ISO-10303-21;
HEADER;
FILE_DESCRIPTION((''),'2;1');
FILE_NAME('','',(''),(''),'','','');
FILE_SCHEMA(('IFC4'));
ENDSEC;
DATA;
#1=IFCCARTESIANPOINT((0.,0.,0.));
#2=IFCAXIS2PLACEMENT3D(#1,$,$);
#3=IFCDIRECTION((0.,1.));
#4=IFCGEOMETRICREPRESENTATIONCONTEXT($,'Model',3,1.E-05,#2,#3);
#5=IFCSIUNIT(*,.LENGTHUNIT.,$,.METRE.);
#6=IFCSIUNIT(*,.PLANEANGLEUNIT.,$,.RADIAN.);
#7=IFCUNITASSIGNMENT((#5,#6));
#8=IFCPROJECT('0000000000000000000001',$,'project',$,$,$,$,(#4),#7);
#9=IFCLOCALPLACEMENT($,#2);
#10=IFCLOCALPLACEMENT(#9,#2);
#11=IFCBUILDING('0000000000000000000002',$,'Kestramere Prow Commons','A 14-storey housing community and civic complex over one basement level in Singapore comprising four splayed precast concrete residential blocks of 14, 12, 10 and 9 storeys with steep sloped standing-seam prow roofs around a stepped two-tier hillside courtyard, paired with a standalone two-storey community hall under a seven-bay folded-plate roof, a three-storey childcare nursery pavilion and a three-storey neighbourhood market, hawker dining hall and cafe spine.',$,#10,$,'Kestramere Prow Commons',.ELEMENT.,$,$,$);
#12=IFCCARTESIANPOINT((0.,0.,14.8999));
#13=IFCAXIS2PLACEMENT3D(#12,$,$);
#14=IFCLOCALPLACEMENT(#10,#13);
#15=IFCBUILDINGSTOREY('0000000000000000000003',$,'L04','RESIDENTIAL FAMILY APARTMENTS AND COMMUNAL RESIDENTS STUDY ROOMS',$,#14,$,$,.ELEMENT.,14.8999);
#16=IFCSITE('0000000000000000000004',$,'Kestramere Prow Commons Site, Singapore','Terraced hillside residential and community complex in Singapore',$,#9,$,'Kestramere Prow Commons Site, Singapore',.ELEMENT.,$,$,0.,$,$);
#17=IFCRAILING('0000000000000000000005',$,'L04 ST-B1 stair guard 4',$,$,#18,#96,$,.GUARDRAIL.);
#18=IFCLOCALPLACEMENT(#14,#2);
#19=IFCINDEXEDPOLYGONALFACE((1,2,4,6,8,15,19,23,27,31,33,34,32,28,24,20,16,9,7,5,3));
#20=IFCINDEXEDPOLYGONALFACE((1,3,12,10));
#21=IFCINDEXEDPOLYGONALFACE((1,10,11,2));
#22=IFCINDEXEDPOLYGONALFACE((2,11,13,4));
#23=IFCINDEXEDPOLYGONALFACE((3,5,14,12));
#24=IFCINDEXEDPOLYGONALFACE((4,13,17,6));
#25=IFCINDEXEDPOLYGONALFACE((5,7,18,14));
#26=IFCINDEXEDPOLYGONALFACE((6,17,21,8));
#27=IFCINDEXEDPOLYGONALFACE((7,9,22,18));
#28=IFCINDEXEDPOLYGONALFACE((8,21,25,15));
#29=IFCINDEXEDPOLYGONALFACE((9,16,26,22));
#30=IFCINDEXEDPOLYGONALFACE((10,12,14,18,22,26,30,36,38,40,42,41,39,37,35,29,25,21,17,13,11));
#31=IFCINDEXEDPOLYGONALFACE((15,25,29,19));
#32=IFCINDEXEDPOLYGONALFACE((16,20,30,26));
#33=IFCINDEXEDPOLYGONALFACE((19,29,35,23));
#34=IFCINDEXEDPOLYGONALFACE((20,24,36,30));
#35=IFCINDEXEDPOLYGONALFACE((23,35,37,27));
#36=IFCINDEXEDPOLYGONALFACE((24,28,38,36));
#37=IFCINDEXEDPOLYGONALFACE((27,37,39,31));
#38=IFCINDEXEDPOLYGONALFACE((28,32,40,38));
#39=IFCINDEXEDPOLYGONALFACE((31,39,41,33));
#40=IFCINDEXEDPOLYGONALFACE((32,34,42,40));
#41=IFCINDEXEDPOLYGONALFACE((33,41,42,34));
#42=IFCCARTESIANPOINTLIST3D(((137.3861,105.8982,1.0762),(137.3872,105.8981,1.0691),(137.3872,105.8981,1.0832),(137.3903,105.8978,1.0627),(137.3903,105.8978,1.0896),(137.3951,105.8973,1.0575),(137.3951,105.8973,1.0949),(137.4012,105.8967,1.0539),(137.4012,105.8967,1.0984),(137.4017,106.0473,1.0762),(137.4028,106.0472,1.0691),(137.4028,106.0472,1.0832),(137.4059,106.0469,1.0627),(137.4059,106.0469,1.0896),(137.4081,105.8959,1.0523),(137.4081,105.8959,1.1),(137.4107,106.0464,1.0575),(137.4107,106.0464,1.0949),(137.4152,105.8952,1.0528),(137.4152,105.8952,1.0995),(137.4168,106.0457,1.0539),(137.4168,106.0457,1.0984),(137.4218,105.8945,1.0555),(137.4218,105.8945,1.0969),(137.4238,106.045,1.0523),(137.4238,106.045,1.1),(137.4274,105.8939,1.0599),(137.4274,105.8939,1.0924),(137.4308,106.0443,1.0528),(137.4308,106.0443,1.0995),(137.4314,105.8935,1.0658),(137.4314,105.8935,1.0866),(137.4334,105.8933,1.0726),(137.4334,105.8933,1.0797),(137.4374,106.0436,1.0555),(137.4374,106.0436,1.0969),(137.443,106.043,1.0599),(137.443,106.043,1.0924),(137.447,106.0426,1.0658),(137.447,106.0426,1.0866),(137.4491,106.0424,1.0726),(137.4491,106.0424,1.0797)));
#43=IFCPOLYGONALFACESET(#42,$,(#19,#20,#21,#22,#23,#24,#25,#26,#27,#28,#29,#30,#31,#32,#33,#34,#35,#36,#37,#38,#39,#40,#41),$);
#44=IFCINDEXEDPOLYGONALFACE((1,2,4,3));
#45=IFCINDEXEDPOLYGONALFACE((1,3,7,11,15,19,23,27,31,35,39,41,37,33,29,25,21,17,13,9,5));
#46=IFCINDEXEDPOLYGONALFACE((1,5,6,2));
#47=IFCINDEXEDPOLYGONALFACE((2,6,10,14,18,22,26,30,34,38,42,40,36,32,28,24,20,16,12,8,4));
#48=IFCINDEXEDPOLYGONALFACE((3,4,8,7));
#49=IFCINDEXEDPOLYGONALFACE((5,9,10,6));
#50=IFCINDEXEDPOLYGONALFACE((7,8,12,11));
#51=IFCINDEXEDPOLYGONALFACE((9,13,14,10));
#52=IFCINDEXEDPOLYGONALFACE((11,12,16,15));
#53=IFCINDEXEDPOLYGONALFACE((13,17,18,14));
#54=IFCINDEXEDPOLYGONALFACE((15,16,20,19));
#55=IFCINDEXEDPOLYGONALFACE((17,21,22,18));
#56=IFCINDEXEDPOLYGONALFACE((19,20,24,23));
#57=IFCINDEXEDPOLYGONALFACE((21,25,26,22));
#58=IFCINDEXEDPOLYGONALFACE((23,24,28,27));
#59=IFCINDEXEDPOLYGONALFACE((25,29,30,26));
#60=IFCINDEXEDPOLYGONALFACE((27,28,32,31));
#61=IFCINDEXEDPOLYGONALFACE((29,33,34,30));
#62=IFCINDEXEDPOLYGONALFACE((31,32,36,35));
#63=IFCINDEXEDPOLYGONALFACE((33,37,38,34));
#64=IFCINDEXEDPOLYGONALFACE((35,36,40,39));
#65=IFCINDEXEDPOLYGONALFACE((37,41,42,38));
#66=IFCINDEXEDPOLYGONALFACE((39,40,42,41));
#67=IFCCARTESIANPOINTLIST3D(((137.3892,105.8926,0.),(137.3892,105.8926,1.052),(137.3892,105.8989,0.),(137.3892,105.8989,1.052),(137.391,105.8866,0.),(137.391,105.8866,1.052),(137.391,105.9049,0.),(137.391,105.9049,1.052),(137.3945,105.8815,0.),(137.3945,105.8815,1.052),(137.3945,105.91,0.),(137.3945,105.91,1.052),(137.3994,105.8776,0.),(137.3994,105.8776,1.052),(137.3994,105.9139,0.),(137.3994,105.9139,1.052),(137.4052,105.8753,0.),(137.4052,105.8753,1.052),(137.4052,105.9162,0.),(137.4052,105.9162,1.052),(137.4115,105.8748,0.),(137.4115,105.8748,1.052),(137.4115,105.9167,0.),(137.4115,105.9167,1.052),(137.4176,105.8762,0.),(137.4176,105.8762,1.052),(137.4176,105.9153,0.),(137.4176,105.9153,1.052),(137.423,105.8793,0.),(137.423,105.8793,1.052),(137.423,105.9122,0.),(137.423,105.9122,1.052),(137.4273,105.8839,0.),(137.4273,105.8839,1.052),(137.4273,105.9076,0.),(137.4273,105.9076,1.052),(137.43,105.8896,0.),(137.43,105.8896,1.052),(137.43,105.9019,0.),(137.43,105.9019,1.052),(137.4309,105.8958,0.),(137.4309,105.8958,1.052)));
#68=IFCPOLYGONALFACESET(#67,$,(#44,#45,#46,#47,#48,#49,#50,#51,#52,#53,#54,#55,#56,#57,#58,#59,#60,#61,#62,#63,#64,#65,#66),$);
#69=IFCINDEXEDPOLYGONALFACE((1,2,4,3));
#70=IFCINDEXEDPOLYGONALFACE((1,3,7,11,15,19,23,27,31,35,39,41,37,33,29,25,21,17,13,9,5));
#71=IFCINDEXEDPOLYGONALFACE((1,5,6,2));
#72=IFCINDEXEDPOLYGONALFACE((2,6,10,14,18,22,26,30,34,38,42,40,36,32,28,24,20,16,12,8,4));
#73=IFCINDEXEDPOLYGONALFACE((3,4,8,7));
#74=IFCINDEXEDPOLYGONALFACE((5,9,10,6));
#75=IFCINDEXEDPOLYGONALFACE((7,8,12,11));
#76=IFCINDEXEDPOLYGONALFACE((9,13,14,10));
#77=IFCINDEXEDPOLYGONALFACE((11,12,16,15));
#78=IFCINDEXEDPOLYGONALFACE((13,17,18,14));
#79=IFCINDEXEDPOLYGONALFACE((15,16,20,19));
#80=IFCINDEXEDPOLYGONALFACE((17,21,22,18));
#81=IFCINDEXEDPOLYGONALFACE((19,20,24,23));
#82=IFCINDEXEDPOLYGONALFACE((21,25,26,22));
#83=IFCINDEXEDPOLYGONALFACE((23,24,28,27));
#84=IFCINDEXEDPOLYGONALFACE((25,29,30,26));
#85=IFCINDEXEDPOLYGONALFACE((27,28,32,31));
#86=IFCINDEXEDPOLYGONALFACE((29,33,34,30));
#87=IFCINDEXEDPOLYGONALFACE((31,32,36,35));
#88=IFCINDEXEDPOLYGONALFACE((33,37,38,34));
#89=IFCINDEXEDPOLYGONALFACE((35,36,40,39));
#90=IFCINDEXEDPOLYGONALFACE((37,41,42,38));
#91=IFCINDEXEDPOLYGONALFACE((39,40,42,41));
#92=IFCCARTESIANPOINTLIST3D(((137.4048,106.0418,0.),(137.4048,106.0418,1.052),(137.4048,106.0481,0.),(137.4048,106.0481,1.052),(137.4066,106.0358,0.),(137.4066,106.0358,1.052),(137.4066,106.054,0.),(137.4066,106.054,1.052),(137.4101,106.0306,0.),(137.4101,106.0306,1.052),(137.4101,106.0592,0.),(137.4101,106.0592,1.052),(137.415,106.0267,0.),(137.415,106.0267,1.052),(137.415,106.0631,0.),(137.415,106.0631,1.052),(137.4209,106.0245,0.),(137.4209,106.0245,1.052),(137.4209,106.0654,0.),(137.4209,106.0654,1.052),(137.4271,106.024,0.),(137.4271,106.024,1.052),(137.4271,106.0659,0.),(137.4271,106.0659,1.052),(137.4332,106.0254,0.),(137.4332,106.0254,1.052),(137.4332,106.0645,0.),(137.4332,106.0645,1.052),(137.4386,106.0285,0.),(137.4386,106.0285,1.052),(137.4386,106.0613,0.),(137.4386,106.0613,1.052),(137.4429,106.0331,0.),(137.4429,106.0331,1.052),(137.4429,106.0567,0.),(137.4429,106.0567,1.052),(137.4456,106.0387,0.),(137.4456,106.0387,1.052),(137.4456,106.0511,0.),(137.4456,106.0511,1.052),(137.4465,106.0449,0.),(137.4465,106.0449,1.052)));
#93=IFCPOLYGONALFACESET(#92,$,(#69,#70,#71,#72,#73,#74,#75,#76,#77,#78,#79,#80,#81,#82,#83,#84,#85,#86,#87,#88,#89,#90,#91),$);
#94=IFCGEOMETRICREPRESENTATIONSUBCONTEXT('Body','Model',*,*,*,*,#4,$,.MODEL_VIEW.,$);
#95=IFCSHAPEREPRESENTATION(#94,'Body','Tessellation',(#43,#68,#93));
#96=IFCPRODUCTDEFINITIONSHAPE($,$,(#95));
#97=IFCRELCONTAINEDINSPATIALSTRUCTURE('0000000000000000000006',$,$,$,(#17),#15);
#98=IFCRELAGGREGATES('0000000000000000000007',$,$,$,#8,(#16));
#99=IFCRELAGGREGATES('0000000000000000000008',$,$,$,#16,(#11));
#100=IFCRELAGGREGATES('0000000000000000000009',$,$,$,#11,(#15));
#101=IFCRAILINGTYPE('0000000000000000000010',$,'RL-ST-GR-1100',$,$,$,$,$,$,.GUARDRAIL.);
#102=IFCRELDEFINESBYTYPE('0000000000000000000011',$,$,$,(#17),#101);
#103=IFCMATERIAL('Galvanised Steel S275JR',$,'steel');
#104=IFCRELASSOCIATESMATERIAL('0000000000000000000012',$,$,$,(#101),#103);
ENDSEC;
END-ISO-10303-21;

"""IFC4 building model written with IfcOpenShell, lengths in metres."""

from ifc_helpers import new_model, si_unit, direction, frame, origin, origin_2d, place, context, subcontext, project, spatial, circle, extrude, material, type_object, element, save


model = new_model("IFC4")

# Units and contexts
model_context = context("Model", 3, precision=1e-05, world=origin(), true_north=direction((0.0, 1.0)))
body_context = subcontext(model_context, "Body", "Model", "MODEL_VIEW")
ifc_project = project(units=[si_unit("LENGTHUNIT", "METRE"), si_unit("PLANEANGLEUNIT", "RADIAN")], contexts=[model_context])

# Site, building, storey
site_placement = place(None, origin())
site = spatial("IfcSite", under=ifc_project, at=site_placement, Name="Kestramere Prow Commons Site, Singapore", Description="Terraced hillside residential and community complex in Singapore", LongName="Kestramere Prow Commons Site, Singapore", CompositionType="ELEMENT", RefElevation=0.0)
building_placement = place(site_placement, origin())
building = spatial("IfcBuilding", under=site, at=building_placement, Name="Kestramere Prow Commons", Description="A 14-storey housing community and civic complex over one basement level in Singapore comprising four splayed precast concrete residential blocks of 14, 12, 10 and 9 storeys with steep sloped standing-seam prow roofs around a stepped two-tier hillside courtyard, paired with a standalone two-storey community hall under a seven-bay folded-plate roof, a three-storey childcare nursery pavilion and a three-storey neighbourhood market, hawker dining hall and cafe spine.", LongName="Kestramere Prow Commons", CompositionType="ELEMENT")
storey_placement = place(building_placement, frame((0.0, 0.0, 14.8999)))
storey = spatial("IfcBuildingStorey", under=building, at=storey_placement, Name="L04", Description="RESIDENTIAL FAMILY APARTMENTS AND COMMUNAL RESIDENTS STUDY ROOMS", CompositionType="ELEMENT", Elevation=14.8999)

# Railing
ifc_material_1 = material(Name="Galvanised Steel S275JR", Category="steel")
railing_type_1 = type_object("IfcRailingType", Name="RL-ST-GR-1100", PredefinedType="GUARDRAIL", material=ifc_material_1)
railing_1_placement = place(storey_placement, frame((137.4099, 105.8958, 0.0)))
element("IfcRailing", 1, at=railing_1_placement, inside=storey, type_object=railing_type_1, Name="L04 ST-B1 stair guard 4", PredefinedType="GUARDRAIL", context=body_context, shape_type="SweptSolid", body=[
    extrude(circle(Radius=0.0239, at=origin_2d()), frame((0.0, 0.0, 1.0762), z_axis=(0.104176, 0.994559, 0.0), x_axis=(-0.994559, 0.104176, 0.0)), (0.0, 0.0, 1.0), 0.1499),
    extrude(circle(Radius=0.021, at=origin_2d()), origin(), (0.0, 0.0, 1.0), 1.052),
    extrude(circle(Radius=0.021, at=origin_2d()), frame((0.0156, 0.1492, 0.0)), (0.0, 0.0, 1.0), 1.052),
])

save(model, "model.ifc")
